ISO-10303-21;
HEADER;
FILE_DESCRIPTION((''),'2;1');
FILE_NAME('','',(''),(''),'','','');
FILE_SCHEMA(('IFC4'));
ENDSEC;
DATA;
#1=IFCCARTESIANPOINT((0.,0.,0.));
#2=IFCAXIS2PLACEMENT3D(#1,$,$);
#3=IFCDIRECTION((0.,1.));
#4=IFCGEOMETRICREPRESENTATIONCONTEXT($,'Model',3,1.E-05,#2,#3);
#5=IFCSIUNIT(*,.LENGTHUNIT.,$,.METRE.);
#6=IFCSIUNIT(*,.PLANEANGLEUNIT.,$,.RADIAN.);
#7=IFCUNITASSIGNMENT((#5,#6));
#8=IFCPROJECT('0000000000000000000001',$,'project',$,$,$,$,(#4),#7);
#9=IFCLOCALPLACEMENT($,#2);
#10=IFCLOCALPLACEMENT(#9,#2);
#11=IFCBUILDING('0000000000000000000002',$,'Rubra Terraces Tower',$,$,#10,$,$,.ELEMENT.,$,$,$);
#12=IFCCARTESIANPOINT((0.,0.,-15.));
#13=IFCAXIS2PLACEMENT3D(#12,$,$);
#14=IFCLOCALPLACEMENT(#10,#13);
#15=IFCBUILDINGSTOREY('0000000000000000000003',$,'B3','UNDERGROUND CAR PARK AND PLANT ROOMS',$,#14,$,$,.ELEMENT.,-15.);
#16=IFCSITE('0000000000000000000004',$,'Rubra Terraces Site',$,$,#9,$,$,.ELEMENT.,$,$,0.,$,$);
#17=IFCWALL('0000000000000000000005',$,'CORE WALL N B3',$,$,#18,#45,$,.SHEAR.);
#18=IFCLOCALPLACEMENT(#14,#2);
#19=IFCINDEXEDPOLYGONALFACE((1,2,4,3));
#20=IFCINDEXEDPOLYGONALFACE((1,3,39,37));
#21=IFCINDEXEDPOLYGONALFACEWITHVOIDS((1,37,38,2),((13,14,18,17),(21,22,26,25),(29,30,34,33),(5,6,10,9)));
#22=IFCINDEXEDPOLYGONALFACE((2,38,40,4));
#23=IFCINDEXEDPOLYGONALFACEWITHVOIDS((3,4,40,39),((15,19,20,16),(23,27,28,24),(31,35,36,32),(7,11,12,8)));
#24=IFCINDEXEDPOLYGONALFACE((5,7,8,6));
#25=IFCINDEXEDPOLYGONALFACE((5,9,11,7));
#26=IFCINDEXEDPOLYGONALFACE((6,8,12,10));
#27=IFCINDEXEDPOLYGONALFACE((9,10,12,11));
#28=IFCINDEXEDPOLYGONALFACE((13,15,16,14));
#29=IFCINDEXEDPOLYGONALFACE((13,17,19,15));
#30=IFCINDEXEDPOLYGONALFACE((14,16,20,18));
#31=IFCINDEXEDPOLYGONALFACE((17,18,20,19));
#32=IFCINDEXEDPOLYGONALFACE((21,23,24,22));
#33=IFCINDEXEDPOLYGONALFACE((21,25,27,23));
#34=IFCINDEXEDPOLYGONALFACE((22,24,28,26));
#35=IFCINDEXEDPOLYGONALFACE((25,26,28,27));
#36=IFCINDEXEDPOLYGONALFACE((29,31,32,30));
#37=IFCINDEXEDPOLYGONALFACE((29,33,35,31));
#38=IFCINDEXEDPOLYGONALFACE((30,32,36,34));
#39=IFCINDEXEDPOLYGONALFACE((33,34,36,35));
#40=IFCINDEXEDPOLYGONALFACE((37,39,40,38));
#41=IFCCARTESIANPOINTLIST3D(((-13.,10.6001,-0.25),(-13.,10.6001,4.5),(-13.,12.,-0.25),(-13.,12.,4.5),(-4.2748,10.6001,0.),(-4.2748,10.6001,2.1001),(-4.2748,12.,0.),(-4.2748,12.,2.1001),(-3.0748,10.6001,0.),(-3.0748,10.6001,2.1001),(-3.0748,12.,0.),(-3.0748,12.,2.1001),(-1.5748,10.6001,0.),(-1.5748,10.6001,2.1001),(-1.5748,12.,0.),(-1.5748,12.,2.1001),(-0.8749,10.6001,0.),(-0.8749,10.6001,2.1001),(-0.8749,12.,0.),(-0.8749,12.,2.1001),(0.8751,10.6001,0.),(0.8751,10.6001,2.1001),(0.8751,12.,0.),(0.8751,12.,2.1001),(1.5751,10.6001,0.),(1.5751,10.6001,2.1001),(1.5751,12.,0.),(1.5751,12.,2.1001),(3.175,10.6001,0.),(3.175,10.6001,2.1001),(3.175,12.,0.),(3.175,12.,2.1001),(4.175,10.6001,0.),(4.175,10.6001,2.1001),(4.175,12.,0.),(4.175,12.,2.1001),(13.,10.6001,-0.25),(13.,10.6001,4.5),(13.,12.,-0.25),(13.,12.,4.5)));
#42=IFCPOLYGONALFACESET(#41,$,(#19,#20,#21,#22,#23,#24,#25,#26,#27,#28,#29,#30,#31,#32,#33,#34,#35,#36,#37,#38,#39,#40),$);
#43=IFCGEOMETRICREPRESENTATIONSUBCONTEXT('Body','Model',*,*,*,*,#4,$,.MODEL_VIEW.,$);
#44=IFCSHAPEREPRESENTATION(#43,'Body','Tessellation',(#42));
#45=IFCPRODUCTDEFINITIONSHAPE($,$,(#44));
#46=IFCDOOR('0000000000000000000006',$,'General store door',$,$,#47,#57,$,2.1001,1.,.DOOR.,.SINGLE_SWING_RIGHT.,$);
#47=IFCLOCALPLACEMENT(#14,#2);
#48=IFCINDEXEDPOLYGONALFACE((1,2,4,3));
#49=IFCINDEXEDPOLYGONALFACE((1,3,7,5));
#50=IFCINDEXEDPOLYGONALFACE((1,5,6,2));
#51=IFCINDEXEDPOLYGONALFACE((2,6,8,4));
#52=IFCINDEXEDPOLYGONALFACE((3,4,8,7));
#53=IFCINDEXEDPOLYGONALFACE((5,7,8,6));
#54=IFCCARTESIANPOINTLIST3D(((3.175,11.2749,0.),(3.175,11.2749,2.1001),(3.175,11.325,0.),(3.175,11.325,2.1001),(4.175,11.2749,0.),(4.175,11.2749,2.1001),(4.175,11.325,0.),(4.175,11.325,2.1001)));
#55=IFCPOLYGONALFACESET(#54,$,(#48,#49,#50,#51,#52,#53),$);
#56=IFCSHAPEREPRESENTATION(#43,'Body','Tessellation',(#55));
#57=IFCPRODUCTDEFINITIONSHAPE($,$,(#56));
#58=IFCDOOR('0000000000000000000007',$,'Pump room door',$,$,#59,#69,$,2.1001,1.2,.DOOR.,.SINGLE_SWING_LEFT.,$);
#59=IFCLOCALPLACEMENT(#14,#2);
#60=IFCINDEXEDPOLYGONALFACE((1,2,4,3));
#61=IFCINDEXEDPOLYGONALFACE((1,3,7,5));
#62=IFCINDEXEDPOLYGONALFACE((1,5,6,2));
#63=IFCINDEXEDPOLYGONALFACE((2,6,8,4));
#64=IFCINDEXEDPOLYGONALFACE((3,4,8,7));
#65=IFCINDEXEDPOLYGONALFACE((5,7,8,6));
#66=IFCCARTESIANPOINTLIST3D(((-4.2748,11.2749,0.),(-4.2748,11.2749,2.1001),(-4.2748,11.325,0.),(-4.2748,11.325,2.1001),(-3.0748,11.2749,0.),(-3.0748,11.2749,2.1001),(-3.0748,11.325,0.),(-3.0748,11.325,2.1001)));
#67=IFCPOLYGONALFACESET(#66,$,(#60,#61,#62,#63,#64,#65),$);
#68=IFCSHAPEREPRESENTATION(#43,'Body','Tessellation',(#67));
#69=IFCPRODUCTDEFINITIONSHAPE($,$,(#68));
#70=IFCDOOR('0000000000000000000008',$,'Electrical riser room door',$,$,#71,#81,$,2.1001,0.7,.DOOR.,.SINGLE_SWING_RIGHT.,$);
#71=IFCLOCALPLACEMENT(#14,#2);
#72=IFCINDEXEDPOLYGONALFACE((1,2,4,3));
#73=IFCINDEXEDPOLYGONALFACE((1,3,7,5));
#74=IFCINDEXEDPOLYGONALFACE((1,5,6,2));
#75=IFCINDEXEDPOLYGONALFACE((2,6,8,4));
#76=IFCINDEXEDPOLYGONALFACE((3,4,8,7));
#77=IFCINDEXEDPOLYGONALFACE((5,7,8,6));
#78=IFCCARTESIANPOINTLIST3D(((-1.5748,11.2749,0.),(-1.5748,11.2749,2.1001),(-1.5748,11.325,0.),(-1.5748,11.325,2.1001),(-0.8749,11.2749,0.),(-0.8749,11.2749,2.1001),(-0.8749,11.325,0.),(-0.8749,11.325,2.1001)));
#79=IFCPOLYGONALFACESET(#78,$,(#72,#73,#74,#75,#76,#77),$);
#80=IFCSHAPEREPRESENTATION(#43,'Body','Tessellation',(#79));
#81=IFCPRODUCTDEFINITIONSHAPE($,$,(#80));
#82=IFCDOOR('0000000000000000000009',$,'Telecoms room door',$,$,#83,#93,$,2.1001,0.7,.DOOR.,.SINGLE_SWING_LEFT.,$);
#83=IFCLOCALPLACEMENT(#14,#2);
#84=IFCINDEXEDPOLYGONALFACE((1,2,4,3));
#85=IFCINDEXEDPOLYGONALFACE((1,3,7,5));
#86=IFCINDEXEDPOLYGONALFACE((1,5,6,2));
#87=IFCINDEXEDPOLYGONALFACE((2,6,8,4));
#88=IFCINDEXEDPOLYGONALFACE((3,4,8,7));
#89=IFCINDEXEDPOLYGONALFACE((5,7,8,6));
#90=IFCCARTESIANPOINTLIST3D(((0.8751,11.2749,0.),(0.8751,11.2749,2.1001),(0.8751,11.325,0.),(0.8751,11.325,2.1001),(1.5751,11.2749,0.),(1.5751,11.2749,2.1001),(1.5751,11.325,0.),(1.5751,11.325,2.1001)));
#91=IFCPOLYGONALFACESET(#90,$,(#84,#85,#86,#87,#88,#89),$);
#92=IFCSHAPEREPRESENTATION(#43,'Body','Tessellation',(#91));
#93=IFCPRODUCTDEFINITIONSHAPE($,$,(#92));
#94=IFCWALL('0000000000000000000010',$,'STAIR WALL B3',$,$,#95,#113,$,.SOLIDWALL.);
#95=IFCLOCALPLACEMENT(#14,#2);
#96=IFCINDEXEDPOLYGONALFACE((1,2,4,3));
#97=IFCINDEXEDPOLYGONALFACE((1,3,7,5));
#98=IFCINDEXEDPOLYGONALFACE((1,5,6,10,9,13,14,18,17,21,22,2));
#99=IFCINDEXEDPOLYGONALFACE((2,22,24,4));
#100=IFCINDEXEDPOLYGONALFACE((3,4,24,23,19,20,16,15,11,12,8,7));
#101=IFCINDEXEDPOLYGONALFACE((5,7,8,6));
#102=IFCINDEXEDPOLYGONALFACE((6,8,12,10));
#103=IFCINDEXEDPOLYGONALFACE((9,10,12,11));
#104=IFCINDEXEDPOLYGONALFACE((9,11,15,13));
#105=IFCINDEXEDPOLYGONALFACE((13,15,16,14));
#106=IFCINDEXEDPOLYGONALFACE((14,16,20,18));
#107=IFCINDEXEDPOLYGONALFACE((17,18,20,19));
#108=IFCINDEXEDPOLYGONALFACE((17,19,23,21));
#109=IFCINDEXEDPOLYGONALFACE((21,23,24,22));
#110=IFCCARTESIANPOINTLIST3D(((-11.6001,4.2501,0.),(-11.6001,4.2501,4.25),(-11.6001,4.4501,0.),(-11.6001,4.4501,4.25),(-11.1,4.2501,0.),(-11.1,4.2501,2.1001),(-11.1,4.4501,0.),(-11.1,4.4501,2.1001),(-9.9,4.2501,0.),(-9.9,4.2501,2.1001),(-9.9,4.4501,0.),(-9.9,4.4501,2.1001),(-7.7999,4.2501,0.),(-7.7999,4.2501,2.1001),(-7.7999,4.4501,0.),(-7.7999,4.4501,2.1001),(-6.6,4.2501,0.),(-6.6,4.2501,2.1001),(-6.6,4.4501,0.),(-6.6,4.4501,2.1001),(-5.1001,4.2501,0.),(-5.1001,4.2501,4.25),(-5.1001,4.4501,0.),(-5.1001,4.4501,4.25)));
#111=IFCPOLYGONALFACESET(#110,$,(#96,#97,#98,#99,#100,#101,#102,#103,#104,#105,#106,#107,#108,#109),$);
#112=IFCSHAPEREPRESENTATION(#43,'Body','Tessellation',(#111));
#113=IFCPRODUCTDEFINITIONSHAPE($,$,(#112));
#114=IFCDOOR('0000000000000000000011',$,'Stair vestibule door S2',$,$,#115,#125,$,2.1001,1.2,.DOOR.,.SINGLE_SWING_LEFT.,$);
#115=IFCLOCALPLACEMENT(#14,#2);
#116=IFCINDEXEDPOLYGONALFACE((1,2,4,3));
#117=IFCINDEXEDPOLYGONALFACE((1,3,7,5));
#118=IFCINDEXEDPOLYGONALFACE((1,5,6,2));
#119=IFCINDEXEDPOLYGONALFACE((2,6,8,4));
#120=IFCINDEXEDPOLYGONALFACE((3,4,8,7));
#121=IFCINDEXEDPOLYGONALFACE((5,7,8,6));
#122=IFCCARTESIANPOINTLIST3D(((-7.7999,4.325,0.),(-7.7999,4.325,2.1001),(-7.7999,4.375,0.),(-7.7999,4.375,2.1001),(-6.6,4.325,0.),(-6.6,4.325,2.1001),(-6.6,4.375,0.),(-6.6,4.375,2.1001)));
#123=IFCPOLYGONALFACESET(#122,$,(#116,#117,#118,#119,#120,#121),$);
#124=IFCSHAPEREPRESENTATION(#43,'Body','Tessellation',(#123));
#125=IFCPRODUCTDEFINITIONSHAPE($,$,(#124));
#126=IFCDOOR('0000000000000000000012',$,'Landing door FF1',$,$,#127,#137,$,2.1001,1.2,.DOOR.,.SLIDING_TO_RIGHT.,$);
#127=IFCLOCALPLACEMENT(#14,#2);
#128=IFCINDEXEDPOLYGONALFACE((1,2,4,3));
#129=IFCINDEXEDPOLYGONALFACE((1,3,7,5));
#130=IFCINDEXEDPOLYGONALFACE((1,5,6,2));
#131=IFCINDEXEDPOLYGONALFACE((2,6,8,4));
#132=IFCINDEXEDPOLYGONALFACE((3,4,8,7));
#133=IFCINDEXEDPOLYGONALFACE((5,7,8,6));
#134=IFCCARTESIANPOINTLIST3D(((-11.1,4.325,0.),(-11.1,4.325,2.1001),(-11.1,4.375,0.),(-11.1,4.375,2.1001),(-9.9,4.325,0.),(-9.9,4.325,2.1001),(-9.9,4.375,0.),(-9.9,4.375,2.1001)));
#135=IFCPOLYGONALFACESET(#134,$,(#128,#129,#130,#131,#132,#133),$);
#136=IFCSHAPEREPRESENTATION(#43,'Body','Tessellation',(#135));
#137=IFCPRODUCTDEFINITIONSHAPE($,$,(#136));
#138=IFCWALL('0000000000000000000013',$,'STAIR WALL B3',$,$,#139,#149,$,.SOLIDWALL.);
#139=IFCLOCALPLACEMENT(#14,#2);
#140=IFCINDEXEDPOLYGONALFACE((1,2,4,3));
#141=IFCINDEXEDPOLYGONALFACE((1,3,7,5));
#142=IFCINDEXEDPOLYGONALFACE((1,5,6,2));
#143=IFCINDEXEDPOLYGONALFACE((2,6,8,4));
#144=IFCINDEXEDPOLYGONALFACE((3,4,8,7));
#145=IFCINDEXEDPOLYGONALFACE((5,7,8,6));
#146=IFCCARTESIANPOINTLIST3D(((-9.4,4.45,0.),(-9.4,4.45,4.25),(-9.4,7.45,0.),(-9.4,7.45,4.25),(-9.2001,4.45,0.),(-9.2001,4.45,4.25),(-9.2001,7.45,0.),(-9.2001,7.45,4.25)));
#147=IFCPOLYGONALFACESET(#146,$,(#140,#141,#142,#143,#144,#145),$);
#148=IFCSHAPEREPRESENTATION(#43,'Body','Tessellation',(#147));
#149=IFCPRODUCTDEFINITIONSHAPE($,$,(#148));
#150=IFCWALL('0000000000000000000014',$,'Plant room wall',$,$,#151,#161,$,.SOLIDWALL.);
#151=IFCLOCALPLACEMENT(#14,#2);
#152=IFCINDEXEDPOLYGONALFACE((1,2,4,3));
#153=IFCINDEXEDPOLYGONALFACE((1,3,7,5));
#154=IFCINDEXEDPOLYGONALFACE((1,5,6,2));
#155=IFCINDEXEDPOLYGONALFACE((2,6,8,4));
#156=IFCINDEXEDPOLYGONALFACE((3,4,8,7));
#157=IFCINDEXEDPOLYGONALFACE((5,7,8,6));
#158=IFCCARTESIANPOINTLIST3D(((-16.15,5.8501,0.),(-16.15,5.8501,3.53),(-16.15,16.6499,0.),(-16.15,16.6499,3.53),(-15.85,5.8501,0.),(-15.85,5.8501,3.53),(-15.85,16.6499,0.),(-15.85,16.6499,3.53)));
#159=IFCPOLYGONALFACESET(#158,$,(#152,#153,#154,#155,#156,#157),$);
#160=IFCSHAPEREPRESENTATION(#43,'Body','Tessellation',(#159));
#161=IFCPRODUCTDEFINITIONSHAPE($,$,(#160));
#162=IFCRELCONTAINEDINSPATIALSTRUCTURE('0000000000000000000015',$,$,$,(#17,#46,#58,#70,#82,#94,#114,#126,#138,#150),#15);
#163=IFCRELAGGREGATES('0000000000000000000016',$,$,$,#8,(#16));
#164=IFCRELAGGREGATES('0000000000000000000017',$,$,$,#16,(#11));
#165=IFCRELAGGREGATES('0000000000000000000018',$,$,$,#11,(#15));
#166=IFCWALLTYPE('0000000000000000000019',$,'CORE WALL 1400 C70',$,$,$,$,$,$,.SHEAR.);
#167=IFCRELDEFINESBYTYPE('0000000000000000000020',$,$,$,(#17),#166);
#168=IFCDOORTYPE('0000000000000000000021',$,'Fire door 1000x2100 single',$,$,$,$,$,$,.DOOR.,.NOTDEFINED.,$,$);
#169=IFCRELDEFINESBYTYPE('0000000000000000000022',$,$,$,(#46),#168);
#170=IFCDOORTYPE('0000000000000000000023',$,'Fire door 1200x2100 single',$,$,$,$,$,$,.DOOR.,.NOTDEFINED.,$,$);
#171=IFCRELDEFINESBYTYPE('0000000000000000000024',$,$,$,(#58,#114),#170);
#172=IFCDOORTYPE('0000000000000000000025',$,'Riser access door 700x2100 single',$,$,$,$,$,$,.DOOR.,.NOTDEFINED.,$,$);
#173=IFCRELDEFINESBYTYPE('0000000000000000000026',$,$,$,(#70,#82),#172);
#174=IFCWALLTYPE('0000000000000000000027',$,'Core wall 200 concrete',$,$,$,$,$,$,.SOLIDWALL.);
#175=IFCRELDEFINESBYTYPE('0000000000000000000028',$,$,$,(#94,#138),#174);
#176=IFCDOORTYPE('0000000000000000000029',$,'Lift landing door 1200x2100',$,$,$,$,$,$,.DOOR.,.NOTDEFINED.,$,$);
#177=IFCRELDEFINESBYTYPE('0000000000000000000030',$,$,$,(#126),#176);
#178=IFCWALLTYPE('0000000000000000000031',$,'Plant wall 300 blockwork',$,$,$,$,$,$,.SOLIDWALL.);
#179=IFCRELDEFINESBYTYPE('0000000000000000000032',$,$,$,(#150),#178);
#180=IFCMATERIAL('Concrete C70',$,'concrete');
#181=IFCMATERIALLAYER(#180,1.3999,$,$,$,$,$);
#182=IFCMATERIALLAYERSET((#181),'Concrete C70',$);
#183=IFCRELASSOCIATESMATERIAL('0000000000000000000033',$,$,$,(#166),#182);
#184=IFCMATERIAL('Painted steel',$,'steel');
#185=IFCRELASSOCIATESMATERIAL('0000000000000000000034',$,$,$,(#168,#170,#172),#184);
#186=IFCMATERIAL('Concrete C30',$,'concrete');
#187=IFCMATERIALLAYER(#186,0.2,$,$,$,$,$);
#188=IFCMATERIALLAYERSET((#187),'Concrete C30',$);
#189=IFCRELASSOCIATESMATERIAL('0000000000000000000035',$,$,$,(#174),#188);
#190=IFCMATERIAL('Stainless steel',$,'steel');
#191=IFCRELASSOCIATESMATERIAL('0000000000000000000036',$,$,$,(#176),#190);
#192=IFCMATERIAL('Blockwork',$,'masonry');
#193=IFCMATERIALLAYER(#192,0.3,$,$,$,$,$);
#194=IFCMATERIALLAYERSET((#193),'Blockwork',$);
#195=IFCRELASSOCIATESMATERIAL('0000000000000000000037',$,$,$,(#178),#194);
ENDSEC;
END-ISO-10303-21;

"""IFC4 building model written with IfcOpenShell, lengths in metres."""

from ifc_helpers import new_model, si_unit, direction, frame, frame_2d, origin, place, context, subcontext, project, spatial, rectangle, extrude, material, layer, layer_set, type_object, element, fill, save


model = new_model("IFC4")

# Units and contexts
model_context = context("Model", 3, precision=1e-05, world=origin(), true_north=direction((0.0, 1.0)))
body_context = subcontext(model_context, "Body", "Model", "MODEL_VIEW")
ifc_project = project(units=[si_unit("LENGTHUNIT", "METRE"), si_unit("PLANEANGLEUNIT", "RADIAN")], contexts=[model_context])

# Site, building, storey
site_placement = place(None, origin())
site = spatial("IfcSite", under=ifc_project, at=site_placement, Name="Rubra Terraces Site", CompositionType="ELEMENT", RefElevation=0.0)
building_placement = place(site_placement, origin())
building = spatial("IfcBuilding", under=site, at=building_placement, Name="Rubra Terraces Tower", CompositionType="ELEMENT")
storey_placement = place(building_placement, frame((0.0, 0.0, -15.0)))
storey = spatial("IfcBuildingStorey", under=building, at=storey_placement, Name="B3", Description="UNDERGROUND CAR PARK AND PLANT ROOMS", CompositionType="ELEMENT", Elevation=-15.0)

# Walls, openings, doors
ifc_material_1 = material(Name="Concrete C70", Category="concrete")
ifc_layer_1 = layer(ifc_material_1, 1.3999)
ifc_layer_set_1 = layer_set([ifc_layer_1], Name="Concrete C70")
wall_type_1 = type_object("IfcWallType", Name="CORE WALL 1400 C70", PredefinedType="SHEAR", material=ifc_layer_set_1)
wall_1_placement = place(storey_placement, frame((-13.0, 11.3, -0.25), z_axis=(0.0, 0.0, 1.0), x_axis=(1.0, 0.0, 0.0)))
wall_1 = element("IfcWall", 1, at=wall_1_placement, inside=storey, type_object=wall_type_1, Name="CORE WALL N B3", PredefinedType="SHEAR", context=body_context, shape_type="SweptSolid", body=[
    extrude(rectangle(XDim=26.0, YDim=1.3999, at=frame_2d((13.0, 0.0))), origin(), (0.0, 0.0, 1.0), 4.75),
])
opening_1_placement = place(wall_1_placement, frame((8.7251, 0.0, 0.25)))
opening_1 = element("IfcOpeningElement", 2, at=opening_1_placement, cuts=wall_1, PredefinedType="OPENING", context=body_context, shape_type="SweptSolid", body=[
    extrude(rectangle(XDim=1.2, YDim=2.1001, at=frame_2d((0.6001, 1.05))), frame((0.0, 0.71, 0.0), z_axis=(0.0, -1.0, 0.0), x_axis=(1.0, 0.0, 0.0)), (0.0, 0.0, 1.0), 1.4199),
])
opening_2_placement = place(wall_1_placement, frame((11.425, 0.0, 0.25)))
opening_2 = element("IfcOpeningElement", 3, at=opening_2_placement, cuts=wall_1, PredefinedType="OPENING", context=body_context, shape_type="SweptSolid", body=[
    extrude(rectangle(XDim=0.7, YDim=2.1001, at=frame_2d((0.3501, 1.05))), frame((0.0, 0.71, 0.0), z_axis=(0.0, -1.0, 0.0), x_axis=(1.0, 0.0, 0.0)), (0.0, 0.0, 1.0), 1.4199),
])
opening_3_placement = place(wall_1_placement, frame((13.875, 0.0, 0.25)))
opening_3 = element("IfcOpeningElement", 4, at=opening_3_placement, cuts=wall_1, PredefinedType="OPENING", context=body_context, shape_type="SweptSolid", body=[
    extrude(rectangle(XDim=0.7, YDim=2.1001, at=frame_2d((0.3501, 1.05))), frame((0.0, 0.71, 0.0), z_axis=(0.0, -1.0, 0.0), x_axis=(1.0, 0.0, 0.0)), (0.0, 0.0, 1.0), 1.4199),
])
opening_4_placement = place(wall_1_placement, frame((16.175, 0.0, 0.25)))
opening_4 = element("IfcOpeningElement", 5, at=opening_4_placement, cuts=wall_1, PredefinedType="OPENING", context=body_context, shape_type="SweptSolid", body=[
    extrude(rectangle(XDim=1.0, YDim=2.1001, at=frame_2d((0.5, 1.05))), frame((0.0, 0.71, 0.0), z_axis=(0.0, -1.0, 0.0), x_axis=(1.0, 0.0, 0.0)), (0.0, 0.0, 1.0), 1.4199),
])
ifc_material_2 = material(Name="Painted steel", Category="steel")
door_type_1 = type_object("IfcDoorType", Name="Fire door 1000x2100 single", OperationType="NOTDEFINED", PredefinedType="DOOR", material=ifc_material_2)
door_1_placement = place(opening_4_placement, origin())
door_1 = element("IfcDoor", 6, at=door_1_placement, inside=storey, type_object=door_type_1, Name="General store door", OperationType="SINGLE_SWING_RIGHT", OverallHeight=2.1001, OverallWidth=1.0, PredefinedType="DOOR", context=body_context, shape_type="SweptSolid", body=[
    extrude(rectangle(XDim=1.0, YDim=2.1001, at=frame_2d((0.5, 1.05))), frame((0.0, 0.0249, 0.0), z_axis=(0.0, -1.0, 0.0), x_axis=(1.0, 0.0, 0.0)), (0.0, 0.0, 1.0), 0.05),
])
fill(opening_4, door_1)
door_type_2 = type_object("IfcDoorType", Name="Fire door 1200x2100 single", OperationType="NOTDEFINED", PredefinedType="DOOR", material=ifc_material_2)
door_2_placement = place(opening_1_placement, origin())
door_2 = element("IfcDoor", 7, at=door_2_placement, inside=storey, type_object=door_type_2, Name="Pump room door", OperationType="SINGLE_SWING_LEFT", OverallHeight=2.1001, OverallWidth=1.2, PredefinedType="DOOR", context=body_context, shape_type="SweptSolid", body=[
    extrude(rectangle(XDim=1.2, YDim=2.1001, at=frame_2d((0.6001, 1.05))), frame((0.0, 0.0249, 0.0), z_axis=(0.0, -1.0, 0.0), x_axis=(1.0, 0.0, 0.0)), (0.0, 0.0, 1.0), 0.05),
])
fill(opening_1, door_2)
door_type_3 = type_object("IfcDoorType", Name="Riser access door 700x2100 single", OperationType="NOTDEFINED", PredefinedType="DOOR", material=ifc_material_2)
door_3_placement = place(opening_2_placement, origin())
door_3 = element("IfcDoor", 8, at=door_3_placement, inside=storey, type_object=door_type_3, Name="Electrical riser room door", OperationType="SINGLE_SWING_RIGHT", OverallHeight=2.1001, OverallWidth=0.7, PredefinedType="DOOR", context=body_context, shape_type="SweptSolid", body=[
    extrude(rectangle(XDim=0.7, YDim=2.1001, at=frame_2d((0.3501, 1.05))), frame((0.0, 0.0249, 0.0), z_axis=(0.0, -1.0, 0.0), x_axis=(1.0, 0.0, 0.0)), (0.0, 0.0, 1.0), 0.05),
])
fill(opening_2, door_3)
door_4_placement = place(opening_3_placement, origin())
door_4 = element("IfcDoor", 9, at=door_4_placement, inside=storey, type_object=door_type_3, Name="Telecoms room door", OperationType="SINGLE_SWING_LEFT", OverallHeight=2.1001, OverallWidth=0.7, PredefinedType="DOOR", context=body_context, shape_type="SweptSolid", body=[
    extrude(rectangle(XDim=0.7, YDim=2.1001, at=frame_2d((0.3501, 1.05))), frame((0.0, 0.0249, 0.0), z_axis=(0.0, -1.0, 0.0), x_axis=(1.0, 0.0, 0.0)), (0.0, 0.0, 1.0), 0.05),
])
fill(opening_3, door_4)
ifc_material_3 = material(Name="Concrete C30", Category="concrete")
ifc_layer_2 = layer(ifc_material_3, 0.2)
ifc_layer_set_2 = layer_set([ifc_layer_2], Name="Concrete C30")
wall_type_2 = type_object("IfcWallType", Name="Core wall 200 concrete", PredefinedType="SOLIDWALL", material=ifc_layer_set_2)
wall_2_placement = place(storey_placement, frame((-11.6001, 4.3501, 0.0), z_axis=(0.0, 0.0, 1.0), x_axis=(1.0, 0.0, 0.0)))
wall_2 = element("IfcWall", 10, at=wall_2_placement, inside=storey, type_object=wall_type_2, Name="STAIR WALL B3", PredefinedType="SOLIDWALL", context=body_context, shape_type="SweptSolid", body=[
    extrude(rectangle(XDim=6.5, YDim=0.2, at=frame_2d((3.25, 0.0))), origin(), (0.0, 0.0, 1.0), 4.25),
])
opening_5_placement = place(wall_2_placement, frame((3.8, 0.0, 0.0)))
opening_5 = element("IfcOpeningElement", 11, at=opening_5_placement, cuts=wall_2, PredefinedType="OPENING", context=body_context, shape_type="SweptSolid", body=[
    extrude(rectangle(XDim=1.2, YDim=2.1001, at=frame_2d((0.6001, 1.05))), frame((0.0, 0.1099, 0.0), z_axis=(0.0, -1.0, 0.0), x_axis=(1.0, 0.0, 0.0)), (0.0, 0.0, 1.0), 0.22),
])
opening_6_placement = place(wall_2_placement, frame((0.5, 0.0, 0.0)))
opening_6 = element("IfcOpeningElement", 12, at=opening_6_placement, cuts=wall_2, PredefinedType="OPENING", context=body_context, shape_type="SweptSolid", body=[
    extrude(rectangle(XDim=1.2, YDim=2.1001, at=frame_2d((0.6001, 1.05))), frame((0.0, 0.1099, 0.0), z_axis=(0.0, -1.0, 0.0), x_axis=(1.0, 0.0, 0.0)), (0.0, 0.0, 1.0), 0.22),
])
door_5_placement = place(opening_5_placement, origin())
door_5 = element("IfcDoor", 13, at=door_5_placement, inside=storey, type_object=door_type_2, Name="Stair vestibule door S2", OperationType="SINGLE_SWING_LEFT", OverallHeight=2.1001, OverallWidth=1.2, PredefinedType="DOOR", context=body_context, shape_type="SweptSolid", body=[
    extrude(rectangle(XDim=1.2, YDim=2.1001, at=frame_2d((0.6001, 1.05))), frame((0.0, 0.0249, 0.0), z_axis=(0.0, -1.0, 0.0), x_axis=(1.0, 0.0, 0.0)), (0.0, 0.0, 1.0), 0.05),
])
fill(opening_5, door_5)
ifc_material_4 = material(Name="Stainless steel", Category="steel")
door_type_4 = type_object("IfcDoorType", Name="Lift landing door 1200x2100", OperationType="NOTDEFINED", PredefinedType="DOOR", material=ifc_material_4)
door_6_placement = place(opening_6_placement, origin())
door_6 = element("IfcDoor", 14, at=door_6_placement, inside=storey, type_object=door_type_4, Name="Landing door FF1", OperationType="SLIDING_TO_RIGHT", OverallHeight=2.1001, OverallWidth=1.2, PredefinedType="DOOR", context=body_context, shape_type="SweptSolid", body=[
    extrude(rectangle(XDim=1.2, YDim=2.1001, at=frame_2d((0.6001, 1.05))), frame((0.0, 0.0249, 0.0), z_axis=(0.0, -1.0, 0.0), x_axis=(1.0, 0.0, 0.0)), (0.0, 0.0, 1.0), 0.05),
])
fill(opening_6, door_6)

# Walls
wall_3_placement = place(storey_placement, frame((-9.3, 4.45, 0.0), z_axis=(0.0, 0.0, 1.0), x_axis=(0.0, 1.0, 0.0)))
element("IfcWall", 15, at=wall_3_placement, inside=storey, type_object=wall_type_2, Name="STAIR WALL B3", PredefinedType="SOLIDWALL", context=body_context, shape_type="SweptSolid", body=[
    extrude(rectangle(XDim=3.0, YDim=0.2, at=frame_2d((1.5, 0.0))), origin(), (0.0, 0.0, 1.0), 4.25),
])
ifc_material_5 = material(Name="Blockwork", Category="masonry")
ifc_layer_3 = layer(ifc_material_5, 0.3)
ifc_layer_set_3 = layer_set([ifc_layer_3], Name="Blockwork")
wall_type_3 = type_object("IfcWallType", Name="Plant wall 300 blockwork", PredefinedType="SOLIDWALL", material=ifc_layer_set_3)
wall_4_placement = place(storey_placement, frame((-16.0, 5.8501, 0.0), z_axis=(0.0, 0.0, 1.0), x_axis=(0.0, 1.0, 0.0)))
element("IfcWall", 16, at=wall_4_placement, inside=storey, type_object=wall_type_3, Name="Plant room wall", PredefinedType="SOLIDWALL", context=body_context, shape_type="SweptSolid", body=[
    extrude(rectangle(XDim=10.7998, YDim=0.3, at=frame_2d((5.3999, 0.0))), origin(), (0.0, 0.0, 1.0), 3.53),
])

save(model, "model.ifc")
